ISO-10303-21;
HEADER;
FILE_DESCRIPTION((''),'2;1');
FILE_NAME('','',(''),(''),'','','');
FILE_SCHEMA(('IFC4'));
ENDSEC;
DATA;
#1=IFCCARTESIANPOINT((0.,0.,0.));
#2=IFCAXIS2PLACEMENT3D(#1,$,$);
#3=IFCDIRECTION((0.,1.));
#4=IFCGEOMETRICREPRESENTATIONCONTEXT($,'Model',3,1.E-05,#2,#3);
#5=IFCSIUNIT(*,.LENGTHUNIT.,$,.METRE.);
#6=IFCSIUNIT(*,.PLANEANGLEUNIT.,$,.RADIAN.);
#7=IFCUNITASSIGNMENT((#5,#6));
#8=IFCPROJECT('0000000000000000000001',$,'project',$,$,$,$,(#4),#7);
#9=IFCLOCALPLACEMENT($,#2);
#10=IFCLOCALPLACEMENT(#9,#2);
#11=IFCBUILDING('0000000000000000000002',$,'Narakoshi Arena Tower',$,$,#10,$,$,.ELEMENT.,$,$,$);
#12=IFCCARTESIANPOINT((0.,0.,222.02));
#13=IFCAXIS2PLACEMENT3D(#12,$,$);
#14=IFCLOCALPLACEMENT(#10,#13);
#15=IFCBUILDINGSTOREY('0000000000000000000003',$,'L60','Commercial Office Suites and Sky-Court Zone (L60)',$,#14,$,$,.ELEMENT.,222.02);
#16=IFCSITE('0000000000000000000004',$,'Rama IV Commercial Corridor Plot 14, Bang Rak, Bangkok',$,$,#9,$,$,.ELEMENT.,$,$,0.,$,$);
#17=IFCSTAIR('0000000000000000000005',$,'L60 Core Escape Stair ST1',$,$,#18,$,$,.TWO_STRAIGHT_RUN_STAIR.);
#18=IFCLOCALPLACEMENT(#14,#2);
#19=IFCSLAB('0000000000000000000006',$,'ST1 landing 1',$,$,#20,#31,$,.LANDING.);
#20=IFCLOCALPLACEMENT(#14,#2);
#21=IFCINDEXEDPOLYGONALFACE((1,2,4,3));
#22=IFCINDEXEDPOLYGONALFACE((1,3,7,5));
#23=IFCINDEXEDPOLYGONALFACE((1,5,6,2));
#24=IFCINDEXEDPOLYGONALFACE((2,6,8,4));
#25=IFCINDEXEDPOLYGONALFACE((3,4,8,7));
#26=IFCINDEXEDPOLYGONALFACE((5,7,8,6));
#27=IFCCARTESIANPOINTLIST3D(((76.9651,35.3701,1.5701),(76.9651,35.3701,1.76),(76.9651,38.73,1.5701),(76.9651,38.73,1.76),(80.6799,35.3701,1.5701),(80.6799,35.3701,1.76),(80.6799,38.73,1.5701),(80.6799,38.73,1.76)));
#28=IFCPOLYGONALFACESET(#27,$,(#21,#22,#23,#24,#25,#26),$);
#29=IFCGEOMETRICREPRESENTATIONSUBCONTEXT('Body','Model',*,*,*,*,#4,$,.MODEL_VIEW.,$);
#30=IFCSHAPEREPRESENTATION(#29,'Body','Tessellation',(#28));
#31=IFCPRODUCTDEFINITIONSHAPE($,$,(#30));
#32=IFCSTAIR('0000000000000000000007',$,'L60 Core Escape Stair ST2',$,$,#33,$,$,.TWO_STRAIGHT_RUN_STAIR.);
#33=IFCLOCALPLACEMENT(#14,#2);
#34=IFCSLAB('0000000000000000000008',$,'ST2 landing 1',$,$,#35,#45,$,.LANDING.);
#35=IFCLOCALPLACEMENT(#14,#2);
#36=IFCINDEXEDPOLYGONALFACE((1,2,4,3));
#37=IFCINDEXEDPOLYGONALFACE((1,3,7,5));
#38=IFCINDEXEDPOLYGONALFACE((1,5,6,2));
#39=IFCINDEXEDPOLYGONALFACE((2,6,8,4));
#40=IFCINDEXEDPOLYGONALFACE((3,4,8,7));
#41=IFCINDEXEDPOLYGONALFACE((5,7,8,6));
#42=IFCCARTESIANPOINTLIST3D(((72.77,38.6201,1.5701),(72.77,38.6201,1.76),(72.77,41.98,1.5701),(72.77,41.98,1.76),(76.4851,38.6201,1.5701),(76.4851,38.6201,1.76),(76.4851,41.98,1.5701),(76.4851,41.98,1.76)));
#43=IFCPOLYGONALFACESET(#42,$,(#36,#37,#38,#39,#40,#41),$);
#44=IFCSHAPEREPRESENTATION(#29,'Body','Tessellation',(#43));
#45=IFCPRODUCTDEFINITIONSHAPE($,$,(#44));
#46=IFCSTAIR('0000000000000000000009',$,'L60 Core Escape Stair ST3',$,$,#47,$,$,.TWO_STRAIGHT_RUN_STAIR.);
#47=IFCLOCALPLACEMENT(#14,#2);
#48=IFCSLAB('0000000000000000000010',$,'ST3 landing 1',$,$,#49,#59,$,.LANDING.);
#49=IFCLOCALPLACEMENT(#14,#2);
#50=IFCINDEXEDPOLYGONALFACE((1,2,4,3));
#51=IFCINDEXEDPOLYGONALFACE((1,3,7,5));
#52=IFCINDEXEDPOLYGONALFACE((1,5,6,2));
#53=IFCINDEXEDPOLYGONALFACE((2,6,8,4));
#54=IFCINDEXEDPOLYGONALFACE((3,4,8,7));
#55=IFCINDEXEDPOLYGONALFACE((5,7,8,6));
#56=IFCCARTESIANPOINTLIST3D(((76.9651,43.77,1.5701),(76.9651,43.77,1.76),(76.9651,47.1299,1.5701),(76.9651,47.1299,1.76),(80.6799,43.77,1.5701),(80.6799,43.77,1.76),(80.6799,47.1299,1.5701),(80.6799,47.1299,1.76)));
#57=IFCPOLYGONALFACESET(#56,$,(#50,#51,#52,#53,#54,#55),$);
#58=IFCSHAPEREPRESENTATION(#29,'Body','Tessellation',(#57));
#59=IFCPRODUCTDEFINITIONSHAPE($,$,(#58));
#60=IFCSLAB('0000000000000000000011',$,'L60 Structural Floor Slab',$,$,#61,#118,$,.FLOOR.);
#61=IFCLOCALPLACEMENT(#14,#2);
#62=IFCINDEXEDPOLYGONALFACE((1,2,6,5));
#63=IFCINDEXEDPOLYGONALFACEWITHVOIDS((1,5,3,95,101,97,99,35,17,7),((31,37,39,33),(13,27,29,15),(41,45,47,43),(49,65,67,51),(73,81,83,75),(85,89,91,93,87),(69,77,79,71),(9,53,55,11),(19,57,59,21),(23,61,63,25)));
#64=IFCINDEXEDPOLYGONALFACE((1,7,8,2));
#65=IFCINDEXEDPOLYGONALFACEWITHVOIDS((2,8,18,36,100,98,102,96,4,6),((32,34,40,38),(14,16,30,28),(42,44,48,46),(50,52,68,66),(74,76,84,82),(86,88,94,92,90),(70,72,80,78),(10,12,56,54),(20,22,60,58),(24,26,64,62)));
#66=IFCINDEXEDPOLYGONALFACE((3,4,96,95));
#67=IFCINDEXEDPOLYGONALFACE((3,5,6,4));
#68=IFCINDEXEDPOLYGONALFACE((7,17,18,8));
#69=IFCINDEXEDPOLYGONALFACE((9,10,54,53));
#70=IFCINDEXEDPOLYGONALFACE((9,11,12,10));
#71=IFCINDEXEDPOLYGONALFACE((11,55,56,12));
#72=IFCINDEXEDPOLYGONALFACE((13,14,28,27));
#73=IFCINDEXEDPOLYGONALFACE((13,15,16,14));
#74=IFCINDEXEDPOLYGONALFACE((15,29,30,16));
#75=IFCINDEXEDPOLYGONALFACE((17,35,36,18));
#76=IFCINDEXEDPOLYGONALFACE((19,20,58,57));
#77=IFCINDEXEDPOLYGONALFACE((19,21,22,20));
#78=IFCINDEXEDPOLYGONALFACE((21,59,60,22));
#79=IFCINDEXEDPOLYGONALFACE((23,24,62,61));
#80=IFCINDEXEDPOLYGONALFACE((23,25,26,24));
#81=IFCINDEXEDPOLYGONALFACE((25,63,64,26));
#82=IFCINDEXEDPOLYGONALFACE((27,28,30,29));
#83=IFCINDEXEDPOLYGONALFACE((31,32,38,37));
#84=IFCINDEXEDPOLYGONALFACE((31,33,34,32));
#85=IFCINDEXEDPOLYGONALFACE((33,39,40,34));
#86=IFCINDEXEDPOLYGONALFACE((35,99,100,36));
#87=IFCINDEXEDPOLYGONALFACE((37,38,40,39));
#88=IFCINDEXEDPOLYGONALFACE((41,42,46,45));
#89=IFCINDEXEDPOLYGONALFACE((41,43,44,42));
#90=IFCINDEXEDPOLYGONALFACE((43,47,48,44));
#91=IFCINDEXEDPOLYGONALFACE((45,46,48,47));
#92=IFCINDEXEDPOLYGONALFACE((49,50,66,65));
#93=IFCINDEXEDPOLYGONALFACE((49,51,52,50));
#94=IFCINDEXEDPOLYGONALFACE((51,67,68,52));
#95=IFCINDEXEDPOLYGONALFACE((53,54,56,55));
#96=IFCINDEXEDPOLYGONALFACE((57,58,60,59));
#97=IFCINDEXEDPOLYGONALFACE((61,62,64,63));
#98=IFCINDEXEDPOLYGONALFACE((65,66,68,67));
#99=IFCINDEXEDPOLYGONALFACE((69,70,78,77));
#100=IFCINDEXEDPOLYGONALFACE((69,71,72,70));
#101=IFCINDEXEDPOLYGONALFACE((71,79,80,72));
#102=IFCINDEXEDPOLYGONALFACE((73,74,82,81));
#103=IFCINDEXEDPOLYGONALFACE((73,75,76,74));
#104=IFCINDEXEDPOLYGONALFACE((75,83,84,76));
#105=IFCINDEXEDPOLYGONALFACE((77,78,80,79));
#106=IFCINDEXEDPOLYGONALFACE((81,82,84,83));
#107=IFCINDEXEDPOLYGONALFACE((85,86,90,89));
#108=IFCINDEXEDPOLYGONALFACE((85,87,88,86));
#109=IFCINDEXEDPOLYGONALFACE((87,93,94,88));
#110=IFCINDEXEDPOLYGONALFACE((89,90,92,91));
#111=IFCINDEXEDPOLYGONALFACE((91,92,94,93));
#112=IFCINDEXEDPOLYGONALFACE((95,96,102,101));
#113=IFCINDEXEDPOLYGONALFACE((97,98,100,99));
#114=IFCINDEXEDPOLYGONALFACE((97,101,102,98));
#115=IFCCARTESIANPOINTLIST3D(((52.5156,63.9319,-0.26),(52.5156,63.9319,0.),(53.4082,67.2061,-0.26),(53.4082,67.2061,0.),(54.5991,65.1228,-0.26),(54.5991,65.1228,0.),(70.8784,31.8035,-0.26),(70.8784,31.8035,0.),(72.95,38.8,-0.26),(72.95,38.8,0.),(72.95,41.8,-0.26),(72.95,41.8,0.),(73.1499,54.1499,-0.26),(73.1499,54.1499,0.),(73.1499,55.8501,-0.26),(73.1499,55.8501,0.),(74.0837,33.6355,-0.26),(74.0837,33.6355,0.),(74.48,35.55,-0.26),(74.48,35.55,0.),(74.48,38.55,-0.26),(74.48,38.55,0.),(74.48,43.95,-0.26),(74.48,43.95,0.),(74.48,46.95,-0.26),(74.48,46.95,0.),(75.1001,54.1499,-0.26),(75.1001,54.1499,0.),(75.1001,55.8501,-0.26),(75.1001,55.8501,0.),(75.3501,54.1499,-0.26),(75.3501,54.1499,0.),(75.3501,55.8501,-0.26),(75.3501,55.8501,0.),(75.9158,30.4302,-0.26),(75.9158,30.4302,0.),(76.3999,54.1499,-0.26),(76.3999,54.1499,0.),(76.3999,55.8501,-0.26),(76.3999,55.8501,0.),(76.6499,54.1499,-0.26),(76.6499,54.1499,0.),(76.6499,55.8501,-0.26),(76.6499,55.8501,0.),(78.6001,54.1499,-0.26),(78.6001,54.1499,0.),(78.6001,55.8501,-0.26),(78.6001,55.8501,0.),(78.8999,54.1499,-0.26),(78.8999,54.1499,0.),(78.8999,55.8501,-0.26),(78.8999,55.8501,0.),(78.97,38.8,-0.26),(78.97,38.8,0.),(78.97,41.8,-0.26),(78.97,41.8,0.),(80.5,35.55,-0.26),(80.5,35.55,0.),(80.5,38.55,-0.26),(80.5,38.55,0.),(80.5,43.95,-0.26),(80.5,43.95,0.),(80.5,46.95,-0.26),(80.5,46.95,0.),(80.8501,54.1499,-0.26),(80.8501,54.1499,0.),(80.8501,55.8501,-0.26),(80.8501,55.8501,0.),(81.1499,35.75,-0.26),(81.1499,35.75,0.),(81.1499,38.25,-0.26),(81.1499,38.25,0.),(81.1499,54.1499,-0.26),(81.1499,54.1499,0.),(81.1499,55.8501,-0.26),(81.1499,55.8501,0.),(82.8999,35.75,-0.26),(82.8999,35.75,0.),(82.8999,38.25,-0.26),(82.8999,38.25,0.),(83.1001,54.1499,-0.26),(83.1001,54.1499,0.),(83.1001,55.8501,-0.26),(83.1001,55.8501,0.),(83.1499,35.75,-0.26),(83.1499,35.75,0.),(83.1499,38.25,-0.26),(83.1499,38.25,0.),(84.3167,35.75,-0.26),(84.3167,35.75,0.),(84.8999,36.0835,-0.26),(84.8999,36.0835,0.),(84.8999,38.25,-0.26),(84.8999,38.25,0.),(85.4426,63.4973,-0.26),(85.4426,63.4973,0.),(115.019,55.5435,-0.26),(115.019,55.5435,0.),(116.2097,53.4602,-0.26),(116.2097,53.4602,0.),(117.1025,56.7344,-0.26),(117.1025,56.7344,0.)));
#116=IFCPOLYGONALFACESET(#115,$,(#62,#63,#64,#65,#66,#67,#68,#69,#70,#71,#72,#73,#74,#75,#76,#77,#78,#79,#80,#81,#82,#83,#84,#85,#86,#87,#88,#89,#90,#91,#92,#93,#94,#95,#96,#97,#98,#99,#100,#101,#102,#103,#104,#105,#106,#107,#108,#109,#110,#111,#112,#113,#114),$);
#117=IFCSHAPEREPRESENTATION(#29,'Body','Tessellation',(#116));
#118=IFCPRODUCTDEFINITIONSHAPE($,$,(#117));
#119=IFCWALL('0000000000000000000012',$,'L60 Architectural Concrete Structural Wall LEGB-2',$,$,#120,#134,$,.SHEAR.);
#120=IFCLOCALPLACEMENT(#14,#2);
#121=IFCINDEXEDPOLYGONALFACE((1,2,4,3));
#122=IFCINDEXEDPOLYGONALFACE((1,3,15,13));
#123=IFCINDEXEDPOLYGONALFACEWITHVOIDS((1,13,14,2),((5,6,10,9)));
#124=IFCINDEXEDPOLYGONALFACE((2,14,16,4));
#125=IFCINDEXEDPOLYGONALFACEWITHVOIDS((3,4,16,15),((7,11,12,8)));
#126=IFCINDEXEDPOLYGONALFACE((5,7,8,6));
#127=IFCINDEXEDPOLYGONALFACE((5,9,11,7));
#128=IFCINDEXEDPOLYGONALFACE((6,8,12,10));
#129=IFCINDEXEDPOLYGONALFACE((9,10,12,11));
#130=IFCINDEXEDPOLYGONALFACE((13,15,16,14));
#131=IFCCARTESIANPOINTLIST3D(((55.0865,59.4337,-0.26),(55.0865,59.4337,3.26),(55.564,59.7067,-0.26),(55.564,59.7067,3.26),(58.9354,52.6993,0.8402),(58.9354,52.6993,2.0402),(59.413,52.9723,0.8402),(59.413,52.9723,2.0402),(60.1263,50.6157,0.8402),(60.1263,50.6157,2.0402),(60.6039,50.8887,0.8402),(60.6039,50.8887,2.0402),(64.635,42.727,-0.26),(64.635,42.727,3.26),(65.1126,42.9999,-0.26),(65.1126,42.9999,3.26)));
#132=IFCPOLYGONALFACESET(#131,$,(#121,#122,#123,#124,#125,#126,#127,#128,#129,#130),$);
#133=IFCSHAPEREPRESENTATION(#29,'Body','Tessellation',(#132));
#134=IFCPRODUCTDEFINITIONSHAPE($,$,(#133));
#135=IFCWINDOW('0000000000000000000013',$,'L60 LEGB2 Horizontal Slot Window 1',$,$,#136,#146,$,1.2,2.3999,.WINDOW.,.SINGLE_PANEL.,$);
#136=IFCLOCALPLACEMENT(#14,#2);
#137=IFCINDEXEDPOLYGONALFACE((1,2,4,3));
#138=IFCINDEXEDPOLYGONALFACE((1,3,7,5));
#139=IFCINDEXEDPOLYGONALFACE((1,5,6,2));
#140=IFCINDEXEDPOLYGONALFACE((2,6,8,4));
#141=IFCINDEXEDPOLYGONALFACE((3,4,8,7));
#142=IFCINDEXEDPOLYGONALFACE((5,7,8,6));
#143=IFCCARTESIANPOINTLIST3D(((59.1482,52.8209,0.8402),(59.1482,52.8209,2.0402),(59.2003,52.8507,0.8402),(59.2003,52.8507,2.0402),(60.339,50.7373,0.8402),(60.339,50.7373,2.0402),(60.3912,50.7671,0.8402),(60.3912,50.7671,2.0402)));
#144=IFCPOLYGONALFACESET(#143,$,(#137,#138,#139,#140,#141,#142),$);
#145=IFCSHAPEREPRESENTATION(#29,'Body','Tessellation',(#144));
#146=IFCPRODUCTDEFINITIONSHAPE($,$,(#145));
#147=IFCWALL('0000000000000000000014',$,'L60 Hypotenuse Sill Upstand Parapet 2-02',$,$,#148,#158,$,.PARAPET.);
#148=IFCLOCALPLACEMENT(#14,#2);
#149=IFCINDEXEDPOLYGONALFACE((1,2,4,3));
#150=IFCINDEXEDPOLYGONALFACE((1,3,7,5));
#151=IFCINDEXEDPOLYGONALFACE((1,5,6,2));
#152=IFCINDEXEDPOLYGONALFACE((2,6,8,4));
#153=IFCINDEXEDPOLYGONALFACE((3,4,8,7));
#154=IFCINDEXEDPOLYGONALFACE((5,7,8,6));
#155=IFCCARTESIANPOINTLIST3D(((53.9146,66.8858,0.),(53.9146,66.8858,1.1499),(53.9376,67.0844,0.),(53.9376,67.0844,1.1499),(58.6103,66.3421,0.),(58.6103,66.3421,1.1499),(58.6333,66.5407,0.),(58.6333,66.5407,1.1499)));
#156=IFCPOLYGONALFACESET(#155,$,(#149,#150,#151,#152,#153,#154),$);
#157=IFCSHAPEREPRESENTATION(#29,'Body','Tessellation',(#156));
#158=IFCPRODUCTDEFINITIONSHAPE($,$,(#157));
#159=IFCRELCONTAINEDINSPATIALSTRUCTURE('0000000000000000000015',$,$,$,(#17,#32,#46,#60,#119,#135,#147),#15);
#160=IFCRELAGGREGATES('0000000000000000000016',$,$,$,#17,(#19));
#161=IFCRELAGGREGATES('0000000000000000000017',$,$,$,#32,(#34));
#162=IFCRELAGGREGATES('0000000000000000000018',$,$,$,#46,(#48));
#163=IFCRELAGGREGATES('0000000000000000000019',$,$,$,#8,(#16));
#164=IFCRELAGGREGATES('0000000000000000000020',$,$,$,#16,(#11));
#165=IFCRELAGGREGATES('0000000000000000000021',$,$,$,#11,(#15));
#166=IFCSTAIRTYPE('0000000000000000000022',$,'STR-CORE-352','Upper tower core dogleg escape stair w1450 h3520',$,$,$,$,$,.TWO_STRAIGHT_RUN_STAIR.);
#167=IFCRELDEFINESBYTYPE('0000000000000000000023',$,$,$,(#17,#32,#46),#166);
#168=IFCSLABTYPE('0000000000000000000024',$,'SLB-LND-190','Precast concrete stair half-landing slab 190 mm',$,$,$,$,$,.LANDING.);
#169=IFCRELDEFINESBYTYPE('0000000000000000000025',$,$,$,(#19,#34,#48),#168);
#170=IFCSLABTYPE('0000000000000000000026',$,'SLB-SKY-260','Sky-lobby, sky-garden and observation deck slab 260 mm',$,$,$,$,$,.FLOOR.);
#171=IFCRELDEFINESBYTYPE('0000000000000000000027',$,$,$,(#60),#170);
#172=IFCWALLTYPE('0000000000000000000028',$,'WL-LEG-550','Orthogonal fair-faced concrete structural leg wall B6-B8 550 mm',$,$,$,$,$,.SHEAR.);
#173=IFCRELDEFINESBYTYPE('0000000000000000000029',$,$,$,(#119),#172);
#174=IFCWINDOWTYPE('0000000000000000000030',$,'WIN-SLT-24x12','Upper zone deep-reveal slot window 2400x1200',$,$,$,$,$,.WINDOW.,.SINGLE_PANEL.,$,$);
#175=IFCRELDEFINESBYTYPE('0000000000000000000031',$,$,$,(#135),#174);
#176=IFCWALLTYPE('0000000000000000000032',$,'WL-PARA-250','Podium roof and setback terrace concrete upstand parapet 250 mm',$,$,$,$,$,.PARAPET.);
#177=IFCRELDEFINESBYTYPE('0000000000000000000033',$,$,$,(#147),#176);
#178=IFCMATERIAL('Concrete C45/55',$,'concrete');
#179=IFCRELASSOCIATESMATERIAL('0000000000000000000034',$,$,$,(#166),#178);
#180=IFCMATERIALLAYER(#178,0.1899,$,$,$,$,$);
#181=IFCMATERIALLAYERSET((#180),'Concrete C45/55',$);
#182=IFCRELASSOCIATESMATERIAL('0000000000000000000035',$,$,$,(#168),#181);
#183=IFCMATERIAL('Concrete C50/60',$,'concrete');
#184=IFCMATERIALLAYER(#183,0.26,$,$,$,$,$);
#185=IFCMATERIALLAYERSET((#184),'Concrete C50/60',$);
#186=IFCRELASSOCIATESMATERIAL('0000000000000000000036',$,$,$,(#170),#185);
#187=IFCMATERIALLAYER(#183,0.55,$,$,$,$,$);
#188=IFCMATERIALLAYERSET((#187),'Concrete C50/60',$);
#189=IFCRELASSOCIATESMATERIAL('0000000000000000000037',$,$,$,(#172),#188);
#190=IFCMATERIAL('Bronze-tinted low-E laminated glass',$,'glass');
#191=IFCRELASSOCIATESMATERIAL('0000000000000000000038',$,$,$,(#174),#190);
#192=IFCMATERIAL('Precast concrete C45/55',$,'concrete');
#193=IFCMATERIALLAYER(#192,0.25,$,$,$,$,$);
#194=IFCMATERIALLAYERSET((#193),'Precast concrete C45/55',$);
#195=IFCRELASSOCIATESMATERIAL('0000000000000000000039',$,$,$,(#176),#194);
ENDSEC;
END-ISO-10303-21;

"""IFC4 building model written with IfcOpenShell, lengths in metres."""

from ifc_helpers import new_model, si_unit, direction, frame, frame_2d, origin, place, context, subcontext, project, spatial, polyline, rectangle, outline, extrude, material, layer, layer_set, type_object, element, fill, aggregate, save


model = new_model("IFC4")

# Units and contexts
model_context = context("Model", 3, precision=1e-05, world=origin(), true_north=direction((0.0, 1.0)))
body_context = subcontext(model_context, "Body", "Model", "MODEL_VIEW")
ifc_project = project(units=[si_unit("LENGTHUNIT", "METRE"), si_unit("PLANEANGLEUNIT", "RADIAN")], contexts=[model_context])

# Site, building, storey
site_placement = place(None, origin())
site = spatial("IfcSite", under=ifc_project, at=site_placement, Name="Rama IV Commercial Corridor Plot 14, Bang Rak, Bangkok", CompositionType="ELEMENT", RefElevation=0.0)
building_placement = place(site_placement, origin())
building = spatial("IfcBuilding", under=site, at=building_placement, Name="Narakoshi Arena Tower", CompositionType="ELEMENT")
storey_placement = place(building_placement, frame((0.0, 0.0, 222.02)))
storey = spatial("IfcBuildingStorey", under=building, at=storey_placement, Name="L60", Description="Commercial Office Suites and Sky-Court Zone (L60)", CompositionType="ELEMENT", Elevation=222.02)

# Shared definitions
ifc_material_1 = material(Name="Concrete C50/60", Category="concrete")

# Shared definitions
ifc_material_2 = material(Name="Bronze-tinted low-E laminated glass", Category="glass")

# Stairs, slabs
ifc_material_3 = material(Name="Concrete C45/55", Category="concrete")
stair_type = type_object("IfcStairType", Name="STR-CORE-352", Description="Upper tower core dogleg escape stair w1450 h3520", PredefinedType="TWO_STRAIGHT_RUN_STAIR", material=ifc_material_3)
stair_1_placement = place(storey_placement, origin())
stair_1 = element("IfcStair", 1, at=stair_1_placement, inside=storey, type_object=stair_type, Name="L60 Core Escape Stair ST1", PredefinedType="TWO_STRAIGHT_RUN_STAIR")
ifc_layer_1 = layer(ifc_material_3, 0.1899)
ifc_layer_set_1 = layer_set([ifc_layer_1], Name="Concrete C45/55")
slab_type_1 = type_object("IfcSlabType", Name="SLB-LND-190", Description="Precast concrete stair half-landing slab 190 mm", PredefinedType="LANDING", material=ifc_layer_set_1)
slab_1_placement = place(storey_placement, frame((0.0, 0.0, 1.5701)))
slab_1 = element("IfcSlab", 2, at=slab_1_placement, type_object=slab_type_1, Name="ST1 landing 1", PredefinedType="LANDING", context=body_context, shape_type="SweptSolid", body=[
    extrude(outline(polyline([(76.9651, 35.3701), (80.6799, 35.3701), (80.6799, 38.73), (76.9651, 38.73), (76.9651, 35.3701)])), origin(), (0.0, 0.0, 1.0), 0.1899),
])
aggregate(stair_1, [slab_1])
stair_2_placement = place(storey_placement, origin())
stair_2 = element("IfcStair", 3, at=stair_2_placement, inside=storey, type_object=stair_type, Name="L60 Core Escape Stair ST2", PredefinedType="TWO_STRAIGHT_RUN_STAIR")
slab_2_placement = place(storey_placement, frame((0.0, 0.0, 1.5701)))
slab_2 = element("IfcSlab", 4, at=slab_2_placement, type_object=slab_type_1, Name="ST2 landing 1", PredefinedType="LANDING", context=body_context, shape_type="SweptSolid", body=[
    extrude(outline(polyline([(72.77, 38.6201), (76.4851, 38.6201), (76.4851, 41.98), (72.77, 41.98), (72.77, 38.6201)])), origin(), (0.0, 0.0, 1.0), 0.1899),
])
aggregate(stair_2, [slab_2])
stair_3_placement = place(storey_placement, origin())
stair_3 = element("IfcStair", 5, at=stair_3_placement, inside=storey, type_object=stair_type, Name="L60 Core Escape Stair ST3", PredefinedType="TWO_STRAIGHT_RUN_STAIR")
slab_3_placement = place(storey_placement, frame((0.0, 0.0, 1.5701)))
slab_3 = element("IfcSlab", 6, at=slab_3_placement, type_object=slab_type_1, Name="ST3 landing 1", PredefinedType="LANDING", context=body_context, shape_type="SweptSolid", body=[
    extrude(outline(polyline([(76.9651, 43.77), (80.6799, 43.77), (80.6799, 47.1299), (76.9651, 47.1299), (76.9651, 43.77)])), origin(), (0.0, 0.0, 1.0), 0.1899),
])
aggregate(stair_3, [slab_3])

# Slab
ifc_layer_2 = layer(ifc_material_1, 0.26)
ifc_layer_set_2 = layer_set([ifc_layer_2], Name="Concrete C50/60")
slab_type_2 = type_object("IfcSlabType", Name="SLB-SKY-260", Description="Sky-lobby, sky-garden and observation deck slab 260 mm", PredefinedType="FLOOR", material=ifc_layer_set_2)
slab_4_placement = place(storey_placement, frame((0.0, 0.0, -0.26)))
element("IfcSlab", 7, at=slab_4_placement, inside=storey, type_object=slab_type_2, Name="L60 Structural Floor Slab", PredefinedType="FLOOR", context=body_context, shape_type="SweptSolid", body=[
    extrude(outline(polyline([(75.9158, 30.4302), (116.2097, 53.4602), (115.019, 55.5435), (117.1025, 56.7344), (85.4426, 63.4973), (53.4082, 67.2061), (54.5991, 65.1228), (52.5156, 63.9319), (70.8784, 31.8035), (74.0837, 33.6355), (75.9158, 30.4302)]), holes=[polyline([(80.5, 35.55), (74.48, 35.55), (74.48, 38.55), (80.5, 38.55), (80.5, 35.55)]), polyline([(82.8999, 35.75), (81.1499, 35.75), (81.1499, 38.25), (82.8999, 38.25), (82.8999, 35.75)]), polyline([(84.8999, 36.0835), (84.3167, 35.75), (83.1499, 35.75), (83.1499, 38.25), (84.8999, 38.25), (84.8999, 36.0835)]), polyline([(72.95, 38.8), (72.95, 41.8), (78.97, 41.8), (78.97, 38.8), (72.95, 38.8)]), polyline([(74.48, 43.95), (74.48, 46.95), (80.5, 46.95), (80.5, 43.95), (74.48, 43.95)]), polyline([(75.1001, 54.1499), (73.1499, 54.1499), (73.1499, 55.8501), (75.1001, 55.8501), (75.1001, 54.1499)]), polyline([(76.3999, 54.1499), (75.3501, 54.1499), (75.3501, 55.8501), (76.3999, 55.8501), (76.3999, 54.1499)]), polyline([(78.6001, 54.1499), (76.6499, 54.1499), (76.6499, 55.8501), (78.6001, 55.8501), (78.6001, 54.1499)]), polyline([(78.8999, 54.1499), (78.8999, 55.8501), (80.8501, 55.8501), (80.8501, 54.1499), (78.8999, 54.1499)]), polyline([(81.1499, 54.1499), (81.1499, 55.8501), (83.1001, 55.8501), (83.1001, 54.1499), (81.1499, 54.1499)])]), origin(), (0.0, 0.0, 1.0), 0.26),
])

# Wall, opening, window
ifc_layer_3 = layer(ifc_material_1, 0.55)
ifc_layer_set_3 = layer_set([ifc_layer_3], Name="Concrete C50/60")
wall_type_1 = type_object("IfcWallType", Name="WL-LEG-550", Description="Orthogonal fair-faced concrete structural leg wall B6-B8 550 mm", PredefinedType="SHEAR", material=ifc_layer_set_3)
wall_1_placement = place(storey_placement, frame((55.3252, 59.5703, -0.26), z_axis=(0.0, 0.0, 1.0), x_axis=(0.496211, -0.868202, 0.0)))
wall_1 = element("IfcWall", 8, at=wall_1_placement, inside=storey, type_object=wall_type_1, Name="L60 Architectural Concrete Structural Wall LEGB-2", PredefinedType="SHEAR", context=body_context, shape_type="SweptSolid", body=[
    extrude(rectangle(XDim=19.2429, YDim=0.55, at=frame_2d((9.6216, 0.0))), origin(), (0.0, 0.0, 1.0), 3.52),
])
opening_1_placement = place(wall_1_placement, frame((7.7568, 0.0, 1.1001)))
opening_1 = element("IfcOpeningElement", 9, at=opening_1_placement, cuts=wall_1, PredefinedType="OPENING", context=body_context, shape_type="SweptSolid", body=[
    extrude(rectangle(XDim=2.3999, YDim=1.2, at=frame_2d((1.2, 0.6001))), frame((0.0, 0.2849, 0.0), z_axis=(0.0, -1.0, 0.0), x_axis=(1.0, 0.0, 0.0)), (0.0, 0.0, 1.0), 0.5701),
])
window_type_1 = type_object("IfcWindowType", Name="WIN-SLT-24x12", Description="Upper zone deep-reveal slot window 2400x1200", PartitioningType="SINGLE_PANEL", PredefinedType="WINDOW", material=ifc_material_2)
window_1_placement = place(opening_1_placement, origin())
window_1 = element("IfcWindow", 10, at=window_1_placement, inside=storey, type_object=window_type_1, Name="L60 LEGB2 Horizontal Slot Window 1", OverallHeight=1.2, OverallWidth=2.3999, PartitioningType="SINGLE_PANEL", PredefinedType="WINDOW", context=body_context, shape_type="SweptSolid", body=[
    extrude(rectangle(XDim=2.3999, YDim=1.2, at=frame_2d((1.2, 0.6001))), frame((0.0, 0.03, 0.0), z_axis=(0.0, -1.0, 0.0), x_axis=(1.0, 0.0, 0.0)), (0.0, 0.0, 1.0), 0.0601),
])
fill(opening_1, window_1)

# Wall
ifc_material_4 = material(Name="Precast concrete C45/55", Category="concrete")
ifc_layer_4 = layer(ifc_material_4, 0.25)
ifc_layer_set_4 = layer_set([ifc_layer_4], Name="Precast concrete C45/55")
wall_type_2 = type_object("IfcWallType", Name="WL-PARA-250", Description="Podium roof and setback terrace concrete upstand parapet 250 mm", PredefinedType="PARAPET", material=ifc_layer_set_4)
wall_2_placement = place(storey_placement, frame((58.6218, 66.4414, 0.0), z_axis=(0.0, 0.0, 1.0), x_axis=(-0.993363, 0.115022, 0.0)))
element("IfcWall", 11, at=wall_2_placement, inside=storey, type_object=wall_type_2, Name="L60 Hypotenuse Sill Upstand Parapet 2-02", PredefinedType="PARAPET", context=body_context, shape_type="SweptSolid", body=[
    extrude(rectangle(XDim=4.7271, YDim=0.2, at=frame_2d((2.3635, 0.0))), origin(), (0.0, 0.0, 1.0), 1.1499),
])

save(model, "model.ifc")
